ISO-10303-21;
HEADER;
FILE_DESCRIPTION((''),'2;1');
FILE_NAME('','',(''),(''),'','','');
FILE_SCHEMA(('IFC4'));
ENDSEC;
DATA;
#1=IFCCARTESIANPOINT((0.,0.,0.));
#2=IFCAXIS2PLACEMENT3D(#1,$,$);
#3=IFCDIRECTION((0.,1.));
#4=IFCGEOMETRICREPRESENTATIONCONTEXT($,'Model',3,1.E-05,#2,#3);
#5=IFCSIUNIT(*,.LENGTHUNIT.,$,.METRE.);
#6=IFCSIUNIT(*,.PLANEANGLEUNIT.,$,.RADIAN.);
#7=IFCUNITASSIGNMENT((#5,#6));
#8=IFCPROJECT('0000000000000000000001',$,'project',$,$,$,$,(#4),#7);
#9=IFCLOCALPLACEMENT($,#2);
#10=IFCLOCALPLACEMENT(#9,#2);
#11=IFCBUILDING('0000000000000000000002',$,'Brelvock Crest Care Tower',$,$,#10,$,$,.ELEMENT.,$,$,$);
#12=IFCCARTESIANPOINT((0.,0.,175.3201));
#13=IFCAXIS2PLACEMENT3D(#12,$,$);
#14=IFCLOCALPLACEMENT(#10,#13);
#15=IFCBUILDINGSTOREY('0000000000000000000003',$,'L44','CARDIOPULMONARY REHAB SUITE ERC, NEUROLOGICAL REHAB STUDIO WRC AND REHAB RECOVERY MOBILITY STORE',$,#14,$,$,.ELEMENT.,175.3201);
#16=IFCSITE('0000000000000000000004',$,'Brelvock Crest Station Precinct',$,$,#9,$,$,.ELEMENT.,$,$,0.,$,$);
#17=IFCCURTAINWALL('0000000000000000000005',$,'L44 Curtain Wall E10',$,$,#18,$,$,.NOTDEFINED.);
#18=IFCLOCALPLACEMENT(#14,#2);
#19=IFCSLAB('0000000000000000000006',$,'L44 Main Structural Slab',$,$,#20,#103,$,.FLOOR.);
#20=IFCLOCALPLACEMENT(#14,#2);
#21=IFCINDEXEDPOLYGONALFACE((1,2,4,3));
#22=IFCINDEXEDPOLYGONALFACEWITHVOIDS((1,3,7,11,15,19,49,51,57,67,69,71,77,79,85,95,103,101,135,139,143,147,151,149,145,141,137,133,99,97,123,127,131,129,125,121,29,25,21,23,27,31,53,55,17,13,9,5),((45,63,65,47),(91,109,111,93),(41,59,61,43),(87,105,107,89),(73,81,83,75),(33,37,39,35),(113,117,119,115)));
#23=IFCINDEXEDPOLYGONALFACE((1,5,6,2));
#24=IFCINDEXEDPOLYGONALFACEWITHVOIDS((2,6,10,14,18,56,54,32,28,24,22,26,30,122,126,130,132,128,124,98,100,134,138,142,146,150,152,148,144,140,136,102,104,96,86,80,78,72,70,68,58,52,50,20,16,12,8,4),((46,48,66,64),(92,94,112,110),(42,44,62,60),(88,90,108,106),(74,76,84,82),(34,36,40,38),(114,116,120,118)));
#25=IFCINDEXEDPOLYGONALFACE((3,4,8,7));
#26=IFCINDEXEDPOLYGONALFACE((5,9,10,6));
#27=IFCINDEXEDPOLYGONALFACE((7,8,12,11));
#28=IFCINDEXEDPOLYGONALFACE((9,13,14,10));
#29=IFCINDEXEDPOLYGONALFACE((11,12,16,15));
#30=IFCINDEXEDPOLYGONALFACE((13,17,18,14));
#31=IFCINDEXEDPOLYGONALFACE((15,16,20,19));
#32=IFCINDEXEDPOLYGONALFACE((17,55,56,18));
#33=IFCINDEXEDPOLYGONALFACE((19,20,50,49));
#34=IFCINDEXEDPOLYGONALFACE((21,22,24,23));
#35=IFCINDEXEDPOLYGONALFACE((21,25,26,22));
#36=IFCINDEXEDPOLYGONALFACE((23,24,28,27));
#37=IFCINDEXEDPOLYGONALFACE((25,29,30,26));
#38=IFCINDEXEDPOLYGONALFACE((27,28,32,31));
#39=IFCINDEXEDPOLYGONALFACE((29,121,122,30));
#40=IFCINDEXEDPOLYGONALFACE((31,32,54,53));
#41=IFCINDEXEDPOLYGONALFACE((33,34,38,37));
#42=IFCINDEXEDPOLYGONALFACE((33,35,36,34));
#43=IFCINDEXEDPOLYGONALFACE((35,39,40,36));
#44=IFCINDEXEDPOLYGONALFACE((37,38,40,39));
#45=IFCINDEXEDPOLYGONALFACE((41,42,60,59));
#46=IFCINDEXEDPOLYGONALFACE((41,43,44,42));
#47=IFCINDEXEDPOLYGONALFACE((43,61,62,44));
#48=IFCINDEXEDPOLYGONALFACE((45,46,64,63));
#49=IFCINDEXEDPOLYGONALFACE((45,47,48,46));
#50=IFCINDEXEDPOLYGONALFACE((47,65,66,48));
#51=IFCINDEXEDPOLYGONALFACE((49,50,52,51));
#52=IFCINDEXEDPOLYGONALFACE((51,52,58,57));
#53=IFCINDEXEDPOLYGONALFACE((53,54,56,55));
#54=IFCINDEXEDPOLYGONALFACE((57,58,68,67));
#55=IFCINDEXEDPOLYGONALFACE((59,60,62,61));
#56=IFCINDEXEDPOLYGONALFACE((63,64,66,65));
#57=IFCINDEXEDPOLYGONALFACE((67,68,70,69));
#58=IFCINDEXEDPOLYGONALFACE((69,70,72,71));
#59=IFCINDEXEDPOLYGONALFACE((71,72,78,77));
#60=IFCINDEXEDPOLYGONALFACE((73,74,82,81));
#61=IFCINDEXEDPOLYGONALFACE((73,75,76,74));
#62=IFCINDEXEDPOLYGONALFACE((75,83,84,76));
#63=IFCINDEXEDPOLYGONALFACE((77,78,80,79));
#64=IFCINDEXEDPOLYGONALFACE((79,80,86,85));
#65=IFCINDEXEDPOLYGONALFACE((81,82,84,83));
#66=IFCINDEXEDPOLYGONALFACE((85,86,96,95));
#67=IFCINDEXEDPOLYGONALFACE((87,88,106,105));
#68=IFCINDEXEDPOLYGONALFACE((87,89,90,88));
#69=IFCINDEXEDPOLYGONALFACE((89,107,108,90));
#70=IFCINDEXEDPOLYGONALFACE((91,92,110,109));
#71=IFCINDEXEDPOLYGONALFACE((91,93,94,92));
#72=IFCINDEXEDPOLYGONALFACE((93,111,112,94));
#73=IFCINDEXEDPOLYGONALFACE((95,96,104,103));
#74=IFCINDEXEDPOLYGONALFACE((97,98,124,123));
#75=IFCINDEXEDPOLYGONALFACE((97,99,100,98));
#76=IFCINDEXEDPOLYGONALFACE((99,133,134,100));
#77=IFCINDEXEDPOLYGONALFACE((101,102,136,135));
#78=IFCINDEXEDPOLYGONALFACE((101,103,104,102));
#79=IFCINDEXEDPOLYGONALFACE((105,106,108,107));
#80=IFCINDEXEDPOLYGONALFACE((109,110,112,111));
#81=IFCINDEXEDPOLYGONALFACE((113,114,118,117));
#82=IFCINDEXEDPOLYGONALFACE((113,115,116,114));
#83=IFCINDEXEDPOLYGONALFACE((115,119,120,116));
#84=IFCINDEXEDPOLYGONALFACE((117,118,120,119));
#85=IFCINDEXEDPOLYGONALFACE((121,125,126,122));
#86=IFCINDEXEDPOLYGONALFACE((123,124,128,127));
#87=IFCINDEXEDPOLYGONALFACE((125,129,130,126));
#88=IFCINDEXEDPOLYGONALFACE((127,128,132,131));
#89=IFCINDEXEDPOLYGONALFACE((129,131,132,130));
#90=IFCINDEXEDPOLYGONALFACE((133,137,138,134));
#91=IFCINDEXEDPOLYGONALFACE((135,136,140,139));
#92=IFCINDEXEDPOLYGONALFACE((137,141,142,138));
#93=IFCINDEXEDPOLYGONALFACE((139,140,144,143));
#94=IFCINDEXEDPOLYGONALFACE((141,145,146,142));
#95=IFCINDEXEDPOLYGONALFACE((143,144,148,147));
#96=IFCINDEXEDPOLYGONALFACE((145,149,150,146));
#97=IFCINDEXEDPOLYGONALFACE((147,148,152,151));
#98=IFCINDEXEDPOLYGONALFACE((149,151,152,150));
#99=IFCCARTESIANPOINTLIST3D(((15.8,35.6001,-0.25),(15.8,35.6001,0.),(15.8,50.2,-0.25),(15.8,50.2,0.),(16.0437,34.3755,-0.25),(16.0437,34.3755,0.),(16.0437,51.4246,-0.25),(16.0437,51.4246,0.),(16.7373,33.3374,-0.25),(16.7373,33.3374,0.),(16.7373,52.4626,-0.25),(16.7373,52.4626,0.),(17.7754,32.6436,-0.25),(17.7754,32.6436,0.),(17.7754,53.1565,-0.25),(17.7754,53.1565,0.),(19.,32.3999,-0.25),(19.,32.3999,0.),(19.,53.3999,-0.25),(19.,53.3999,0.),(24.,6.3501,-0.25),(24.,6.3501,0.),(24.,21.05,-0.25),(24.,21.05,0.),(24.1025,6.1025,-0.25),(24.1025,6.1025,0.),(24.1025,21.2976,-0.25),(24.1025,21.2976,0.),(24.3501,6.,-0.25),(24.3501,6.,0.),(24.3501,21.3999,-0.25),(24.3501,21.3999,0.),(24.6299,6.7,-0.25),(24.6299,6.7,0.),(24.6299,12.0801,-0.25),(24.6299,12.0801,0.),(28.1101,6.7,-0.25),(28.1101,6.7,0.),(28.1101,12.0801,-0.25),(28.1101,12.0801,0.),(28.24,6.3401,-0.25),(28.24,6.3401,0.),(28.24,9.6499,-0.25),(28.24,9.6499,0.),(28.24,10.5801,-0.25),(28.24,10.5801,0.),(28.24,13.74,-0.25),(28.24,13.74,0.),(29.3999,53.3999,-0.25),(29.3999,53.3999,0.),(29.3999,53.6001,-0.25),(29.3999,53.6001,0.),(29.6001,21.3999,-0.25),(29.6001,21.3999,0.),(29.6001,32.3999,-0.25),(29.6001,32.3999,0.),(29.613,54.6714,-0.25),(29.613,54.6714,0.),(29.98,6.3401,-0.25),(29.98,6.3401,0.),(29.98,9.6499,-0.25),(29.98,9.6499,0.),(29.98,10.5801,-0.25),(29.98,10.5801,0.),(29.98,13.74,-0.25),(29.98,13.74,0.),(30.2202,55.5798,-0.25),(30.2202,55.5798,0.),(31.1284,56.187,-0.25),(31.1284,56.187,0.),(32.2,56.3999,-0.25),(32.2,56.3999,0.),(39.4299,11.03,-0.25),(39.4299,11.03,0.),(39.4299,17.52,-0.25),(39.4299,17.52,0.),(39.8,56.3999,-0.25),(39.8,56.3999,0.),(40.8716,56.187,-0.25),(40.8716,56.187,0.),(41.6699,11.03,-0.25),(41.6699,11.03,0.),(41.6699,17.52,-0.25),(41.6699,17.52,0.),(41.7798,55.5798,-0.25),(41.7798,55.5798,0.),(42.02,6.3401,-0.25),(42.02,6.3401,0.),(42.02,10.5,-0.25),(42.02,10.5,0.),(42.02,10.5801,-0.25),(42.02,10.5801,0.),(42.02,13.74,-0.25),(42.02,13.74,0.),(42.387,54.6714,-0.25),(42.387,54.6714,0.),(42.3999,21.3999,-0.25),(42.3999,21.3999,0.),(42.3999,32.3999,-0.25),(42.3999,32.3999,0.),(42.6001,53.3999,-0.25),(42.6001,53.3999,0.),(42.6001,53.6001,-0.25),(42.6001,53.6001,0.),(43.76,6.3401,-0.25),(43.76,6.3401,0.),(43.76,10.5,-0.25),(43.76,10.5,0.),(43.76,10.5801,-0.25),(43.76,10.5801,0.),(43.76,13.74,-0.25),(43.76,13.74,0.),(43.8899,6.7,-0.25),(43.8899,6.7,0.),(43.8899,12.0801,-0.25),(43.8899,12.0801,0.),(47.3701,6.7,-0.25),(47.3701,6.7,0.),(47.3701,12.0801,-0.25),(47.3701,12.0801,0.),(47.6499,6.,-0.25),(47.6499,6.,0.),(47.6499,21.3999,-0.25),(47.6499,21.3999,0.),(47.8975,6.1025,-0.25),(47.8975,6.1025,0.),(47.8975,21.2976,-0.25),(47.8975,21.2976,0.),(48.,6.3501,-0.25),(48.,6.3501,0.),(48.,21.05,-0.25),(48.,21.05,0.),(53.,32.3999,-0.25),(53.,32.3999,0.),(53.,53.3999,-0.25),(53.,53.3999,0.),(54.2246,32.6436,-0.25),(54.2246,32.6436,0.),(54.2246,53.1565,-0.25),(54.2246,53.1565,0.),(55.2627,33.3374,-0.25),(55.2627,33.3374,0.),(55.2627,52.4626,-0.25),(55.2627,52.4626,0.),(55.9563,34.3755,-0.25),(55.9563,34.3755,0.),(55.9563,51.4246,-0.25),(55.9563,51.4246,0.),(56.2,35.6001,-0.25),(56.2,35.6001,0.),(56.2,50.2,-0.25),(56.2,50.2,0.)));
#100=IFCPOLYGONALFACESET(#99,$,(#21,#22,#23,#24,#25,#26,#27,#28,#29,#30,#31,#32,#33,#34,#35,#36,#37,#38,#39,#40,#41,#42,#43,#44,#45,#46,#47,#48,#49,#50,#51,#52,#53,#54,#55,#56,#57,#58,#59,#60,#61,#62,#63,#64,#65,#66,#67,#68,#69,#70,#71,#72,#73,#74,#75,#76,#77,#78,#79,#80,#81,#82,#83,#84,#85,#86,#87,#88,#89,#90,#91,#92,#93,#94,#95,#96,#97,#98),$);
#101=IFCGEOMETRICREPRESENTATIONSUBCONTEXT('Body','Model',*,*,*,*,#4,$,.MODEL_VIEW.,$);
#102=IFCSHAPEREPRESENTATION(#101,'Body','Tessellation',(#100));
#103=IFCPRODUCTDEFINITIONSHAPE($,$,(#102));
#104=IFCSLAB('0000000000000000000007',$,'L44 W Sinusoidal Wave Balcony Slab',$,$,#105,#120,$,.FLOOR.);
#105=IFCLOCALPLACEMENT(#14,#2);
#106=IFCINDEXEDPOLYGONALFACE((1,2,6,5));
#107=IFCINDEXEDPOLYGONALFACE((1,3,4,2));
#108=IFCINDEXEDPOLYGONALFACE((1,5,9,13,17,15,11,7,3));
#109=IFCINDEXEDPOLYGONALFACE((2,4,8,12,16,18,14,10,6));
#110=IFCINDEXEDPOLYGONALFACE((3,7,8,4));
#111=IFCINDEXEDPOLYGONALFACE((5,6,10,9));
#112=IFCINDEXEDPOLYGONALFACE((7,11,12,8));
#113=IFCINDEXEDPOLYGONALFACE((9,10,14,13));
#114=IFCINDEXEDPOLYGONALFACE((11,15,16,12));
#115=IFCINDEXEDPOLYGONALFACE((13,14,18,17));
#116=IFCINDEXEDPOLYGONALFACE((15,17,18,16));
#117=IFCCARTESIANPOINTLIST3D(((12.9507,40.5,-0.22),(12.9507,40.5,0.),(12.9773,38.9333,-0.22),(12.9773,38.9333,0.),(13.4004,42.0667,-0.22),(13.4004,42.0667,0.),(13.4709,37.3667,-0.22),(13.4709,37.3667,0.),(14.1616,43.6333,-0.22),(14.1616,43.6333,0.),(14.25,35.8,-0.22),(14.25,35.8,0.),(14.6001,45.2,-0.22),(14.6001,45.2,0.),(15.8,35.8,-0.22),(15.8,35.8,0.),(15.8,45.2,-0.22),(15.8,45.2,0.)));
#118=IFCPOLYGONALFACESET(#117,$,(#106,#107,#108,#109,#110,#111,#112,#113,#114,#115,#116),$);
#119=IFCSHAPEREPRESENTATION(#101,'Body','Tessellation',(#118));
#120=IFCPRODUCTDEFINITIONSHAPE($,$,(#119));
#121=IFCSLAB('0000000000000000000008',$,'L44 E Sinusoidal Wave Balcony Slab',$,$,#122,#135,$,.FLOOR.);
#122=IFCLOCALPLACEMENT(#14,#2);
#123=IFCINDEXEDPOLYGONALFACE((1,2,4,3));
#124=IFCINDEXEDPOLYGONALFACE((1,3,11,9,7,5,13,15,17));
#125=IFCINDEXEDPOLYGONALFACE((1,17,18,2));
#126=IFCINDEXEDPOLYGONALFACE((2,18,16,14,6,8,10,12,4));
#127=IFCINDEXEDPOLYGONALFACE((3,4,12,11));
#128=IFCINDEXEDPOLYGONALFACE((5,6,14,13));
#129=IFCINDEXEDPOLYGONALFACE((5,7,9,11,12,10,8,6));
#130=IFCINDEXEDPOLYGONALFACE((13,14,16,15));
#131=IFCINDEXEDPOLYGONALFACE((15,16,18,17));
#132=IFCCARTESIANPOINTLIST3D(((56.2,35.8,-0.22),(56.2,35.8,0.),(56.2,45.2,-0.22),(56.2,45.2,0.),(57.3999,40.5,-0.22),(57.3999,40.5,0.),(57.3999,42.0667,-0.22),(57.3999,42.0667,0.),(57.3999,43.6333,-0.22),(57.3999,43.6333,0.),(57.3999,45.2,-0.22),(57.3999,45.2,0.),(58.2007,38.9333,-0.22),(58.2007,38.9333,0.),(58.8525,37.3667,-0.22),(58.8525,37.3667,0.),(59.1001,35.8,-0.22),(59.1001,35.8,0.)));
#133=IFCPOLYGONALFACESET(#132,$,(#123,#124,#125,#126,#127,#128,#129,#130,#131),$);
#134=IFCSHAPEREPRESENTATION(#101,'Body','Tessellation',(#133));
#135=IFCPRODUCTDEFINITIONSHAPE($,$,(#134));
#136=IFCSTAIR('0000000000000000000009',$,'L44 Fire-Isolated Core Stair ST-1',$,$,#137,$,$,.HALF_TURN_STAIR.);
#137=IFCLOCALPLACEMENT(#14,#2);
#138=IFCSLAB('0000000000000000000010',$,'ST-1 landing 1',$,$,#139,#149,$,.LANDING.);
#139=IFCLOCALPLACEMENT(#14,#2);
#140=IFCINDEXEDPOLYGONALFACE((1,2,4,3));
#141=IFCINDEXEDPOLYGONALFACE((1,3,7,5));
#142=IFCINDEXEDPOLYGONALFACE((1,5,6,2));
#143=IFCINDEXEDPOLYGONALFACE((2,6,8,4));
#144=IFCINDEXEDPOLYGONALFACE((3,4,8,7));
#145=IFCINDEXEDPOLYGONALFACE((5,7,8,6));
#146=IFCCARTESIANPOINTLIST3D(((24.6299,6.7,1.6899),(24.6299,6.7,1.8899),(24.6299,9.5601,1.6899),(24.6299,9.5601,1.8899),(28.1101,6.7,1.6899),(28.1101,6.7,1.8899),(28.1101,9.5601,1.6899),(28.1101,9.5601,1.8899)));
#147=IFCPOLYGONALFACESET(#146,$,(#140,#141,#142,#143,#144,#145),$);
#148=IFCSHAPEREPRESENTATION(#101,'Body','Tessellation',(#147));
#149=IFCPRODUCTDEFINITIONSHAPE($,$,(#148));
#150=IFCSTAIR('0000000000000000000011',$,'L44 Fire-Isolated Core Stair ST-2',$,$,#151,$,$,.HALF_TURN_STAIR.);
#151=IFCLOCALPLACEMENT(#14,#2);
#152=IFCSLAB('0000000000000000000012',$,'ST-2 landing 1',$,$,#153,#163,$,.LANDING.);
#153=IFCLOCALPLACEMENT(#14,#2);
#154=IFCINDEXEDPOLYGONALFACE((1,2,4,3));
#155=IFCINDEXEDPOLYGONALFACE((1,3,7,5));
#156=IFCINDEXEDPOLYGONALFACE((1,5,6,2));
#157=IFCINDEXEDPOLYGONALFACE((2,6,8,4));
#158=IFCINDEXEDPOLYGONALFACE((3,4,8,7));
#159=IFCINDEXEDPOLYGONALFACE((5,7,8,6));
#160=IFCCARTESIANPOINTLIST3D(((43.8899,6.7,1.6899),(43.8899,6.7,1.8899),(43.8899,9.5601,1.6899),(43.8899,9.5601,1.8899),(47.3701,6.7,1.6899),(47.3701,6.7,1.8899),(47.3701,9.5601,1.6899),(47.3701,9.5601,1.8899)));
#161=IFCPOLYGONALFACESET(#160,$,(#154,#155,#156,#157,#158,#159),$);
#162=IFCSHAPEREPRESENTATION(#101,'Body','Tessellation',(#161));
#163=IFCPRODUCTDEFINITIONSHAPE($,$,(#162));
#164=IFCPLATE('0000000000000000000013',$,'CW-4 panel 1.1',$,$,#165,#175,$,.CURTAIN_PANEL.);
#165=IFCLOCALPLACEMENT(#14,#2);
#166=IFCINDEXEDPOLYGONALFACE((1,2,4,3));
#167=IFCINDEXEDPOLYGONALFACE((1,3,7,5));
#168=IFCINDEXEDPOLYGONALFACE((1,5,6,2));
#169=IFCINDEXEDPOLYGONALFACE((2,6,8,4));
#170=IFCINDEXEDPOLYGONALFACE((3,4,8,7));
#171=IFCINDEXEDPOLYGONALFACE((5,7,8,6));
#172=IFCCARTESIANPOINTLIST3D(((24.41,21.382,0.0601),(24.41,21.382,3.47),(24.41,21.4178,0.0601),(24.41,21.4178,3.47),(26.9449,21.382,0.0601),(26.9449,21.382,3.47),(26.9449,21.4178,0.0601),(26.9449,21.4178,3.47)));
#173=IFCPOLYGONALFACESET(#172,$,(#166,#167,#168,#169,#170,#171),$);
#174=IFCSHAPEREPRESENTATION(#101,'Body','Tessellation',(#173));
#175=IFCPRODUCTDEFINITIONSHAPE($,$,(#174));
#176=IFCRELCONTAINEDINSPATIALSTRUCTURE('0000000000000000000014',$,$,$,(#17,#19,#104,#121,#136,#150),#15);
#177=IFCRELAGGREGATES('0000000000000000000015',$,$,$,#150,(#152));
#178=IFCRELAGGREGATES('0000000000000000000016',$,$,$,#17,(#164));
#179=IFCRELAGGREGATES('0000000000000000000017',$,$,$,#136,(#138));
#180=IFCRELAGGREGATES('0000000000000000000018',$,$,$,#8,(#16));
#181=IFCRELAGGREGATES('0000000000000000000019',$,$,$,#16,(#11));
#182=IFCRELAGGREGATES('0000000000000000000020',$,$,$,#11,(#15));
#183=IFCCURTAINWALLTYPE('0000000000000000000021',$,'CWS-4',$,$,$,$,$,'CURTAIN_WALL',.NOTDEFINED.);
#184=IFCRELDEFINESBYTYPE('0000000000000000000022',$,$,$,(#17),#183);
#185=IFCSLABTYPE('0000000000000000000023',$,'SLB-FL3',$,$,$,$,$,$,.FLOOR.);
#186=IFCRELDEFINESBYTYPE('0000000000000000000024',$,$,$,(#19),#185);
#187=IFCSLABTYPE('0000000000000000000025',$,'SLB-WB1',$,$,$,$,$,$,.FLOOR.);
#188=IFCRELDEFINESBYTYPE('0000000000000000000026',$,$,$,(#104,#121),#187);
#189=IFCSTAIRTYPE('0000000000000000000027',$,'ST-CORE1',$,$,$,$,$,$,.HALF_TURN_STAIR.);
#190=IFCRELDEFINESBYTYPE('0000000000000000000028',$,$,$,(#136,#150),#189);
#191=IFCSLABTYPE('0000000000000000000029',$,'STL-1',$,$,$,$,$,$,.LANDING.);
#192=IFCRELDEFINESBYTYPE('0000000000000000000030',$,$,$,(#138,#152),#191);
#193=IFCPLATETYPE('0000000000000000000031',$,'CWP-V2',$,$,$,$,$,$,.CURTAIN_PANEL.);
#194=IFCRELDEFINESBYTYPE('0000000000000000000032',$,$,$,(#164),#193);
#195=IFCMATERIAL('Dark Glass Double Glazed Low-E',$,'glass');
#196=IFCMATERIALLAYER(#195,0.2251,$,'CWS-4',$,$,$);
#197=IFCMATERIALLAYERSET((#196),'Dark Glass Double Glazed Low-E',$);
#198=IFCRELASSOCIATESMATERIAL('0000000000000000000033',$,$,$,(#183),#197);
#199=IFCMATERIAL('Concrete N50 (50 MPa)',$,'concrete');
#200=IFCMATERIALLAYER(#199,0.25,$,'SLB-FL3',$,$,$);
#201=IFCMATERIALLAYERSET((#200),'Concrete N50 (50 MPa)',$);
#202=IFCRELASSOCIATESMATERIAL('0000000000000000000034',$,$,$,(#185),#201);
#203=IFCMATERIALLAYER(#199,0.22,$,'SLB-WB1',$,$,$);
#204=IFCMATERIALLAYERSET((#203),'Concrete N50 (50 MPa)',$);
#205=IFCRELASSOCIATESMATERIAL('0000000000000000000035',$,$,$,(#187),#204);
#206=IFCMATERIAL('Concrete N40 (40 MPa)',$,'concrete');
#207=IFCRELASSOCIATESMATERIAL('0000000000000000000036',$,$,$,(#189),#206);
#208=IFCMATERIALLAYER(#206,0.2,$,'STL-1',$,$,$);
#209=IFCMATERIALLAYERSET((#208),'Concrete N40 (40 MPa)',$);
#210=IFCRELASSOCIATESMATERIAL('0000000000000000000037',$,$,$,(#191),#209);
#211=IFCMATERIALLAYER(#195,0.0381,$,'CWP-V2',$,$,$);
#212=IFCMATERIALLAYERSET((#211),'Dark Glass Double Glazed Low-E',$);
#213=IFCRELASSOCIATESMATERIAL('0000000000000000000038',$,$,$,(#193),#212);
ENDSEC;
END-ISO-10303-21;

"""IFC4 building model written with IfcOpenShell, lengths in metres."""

from ifc_helpers import new_model, si_unit, direction, frame, origin, origin_2d, place, context, subcontext, project, spatial, polyline, rectangle, outline, extrude, source, transform, mapped, material, layer, layer_set, type_object, element, aggregate, save


model = new_model("IFC4")

# Units and contexts
model_context = context("Model", 3, precision=1e-05, world=origin(), true_north=direction((0.0, 1.0)))
body_context = subcontext(model_context, "Body", "Model", "MODEL_VIEW")
ifc_project = project(units=[si_unit("LENGTHUNIT", "METRE"), si_unit("PLANEANGLEUNIT", "RADIAN")], contexts=[model_context])

# Site, building, storey
site_placement = place(None, origin())
site = spatial("IfcSite", under=ifc_project, at=site_placement, Name="Brelvock Crest Station Precinct", CompositionType="ELEMENT", RefElevation=0.0)
building_placement = place(site_placement, origin())
building = spatial("IfcBuilding", under=site, at=building_placement, Name="Brelvock Crest Care Tower", CompositionType="ELEMENT")
storey_placement = place(building_placement, frame((0.0, 0.0, 175.3201)))
storey = spatial("IfcBuildingStorey", under=building, at=storey_placement, Name="L44", Description="CARDIOPULMONARY REHAB SUITE ERC, NEUROLOGICAL REHAB STUDIO WRC AND REHAB RECOVERY MOBILITY STORE", CompositionType="ELEMENT", Elevation=175.3201)

# Curtain wall
ifc_material_1 = material(Name="Dark Glass Double Glazed Low-E", Category="glass")
ifc_layer_1 = layer(ifc_material_1, 0.2251, Name="CWS-4")
ifc_layer_set_1 = layer_set([ifc_layer_1], Name="Dark Glass Double Glazed Low-E")
curtain_wall_type = type_object("IfcCurtainWallType", Name="CWS-4", ElementType="CURTAIN_WALL", PredefinedType="NOTDEFINED", material=ifc_layer_set_1)
curtain_wall_placement = place(storey_placement, origin())
curtain_wall = element("IfcCurtainWall", 1, at=curtain_wall_placement, inside=storey, type_object=curtain_wall_type, Name="L44 Curtain Wall E10", PredefinedType="NOTDEFINED")

# Slabs
ifc_material_2 = material(Name="Concrete N50 (50 MPa)", Category="concrete")
ifc_layer_2 = layer(ifc_material_2, 0.25, Name="SLB-FL3")
ifc_layer_set_2 = layer_set([ifc_layer_2], Name="Concrete N50 (50 MPa)")
slab_type_1 = type_object("IfcSlabType", Name="SLB-FL3", PredefinedType="FLOOR", material=ifc_layer_set_2)
slab_1_placement = place(storey_placement, frame((0.0, 0.0, -0.25)))
element("IfcSlab", 2, at=slab_1_placement, inside=storey, type_object=slab_type_1, Name="L44 Main Structural Slab", PredefinedType="FLOOR", context=body_context, shape_type="SweptSolid", body=[
    extrude(outline(polyline([(47.6499, 21.3999), (42.3999, 21.3999), (42.3999, 32.3999), (53.0, 32.3999), (54.2246, 32.6436), (55.2627, 33.3374), (55.9563, 34.3755), (56.2, 35.6001), (56.2, 50.2), (55.9563, 51.4246), (55.2627, 52.4626), (54.2246, 53.1565), (53.0, 53.3999), (42.6001, 53.3999), (42.6001, 53.6001), (42.387, 54.6714), (41.7798, 55.5798), (40.8716, 56.187), (39.8, 56.3999), (32.2, 56.3999), (31.1284, 56.187), (30.2202, 55.5798), (29.613, 54.6714), (29.3999, 53.6001), (29.3999, 53.3999), (19.0, 53.3999), (17.7754, 53.1565), (16.7373, 52.4626), (16.0437, 51.4246), (15.8, 50.2), (15.8, 35.6001), (16.0437, 34.3755), (16.7373, 33.3374), (17.7754, 32.6436), (19.0, 32.3999), (29.6001, 32.3999), (29.6001, 21.3999), (24.3501, 21.3999), (24.1025, 21.2976), (24.0, 21.05), (24.0, 6.3501), (24.1025, 6.1025), (24.3501, 6.0), (47.6499, 6.0), (47.8975, 6.1025), (48.0, 6.3501), (48.0, 21.05), (47.8975, 21.2976), (47.6499, 21.3999)]), holes=[polyline([(28.24, 10.5801), (29.98, 10.5801), (29.98, 13.74), (28.24, 13.74), (28.24, 10.5801)]), polyline([(42.02, 10.5801), (43.76, 10.5801), (43.76, 13.74), (42.02, 13.74), (42.02, 10.5801)]), polyline([(28.24, 6.3401), (29.98, 6.3401), (29.98, 9.6499), (28.24, 9.6499), (28.24, 6.3401)]), polyline([(24.6299, 12.0801), (24.6299, 6.7), (28.1101, 6.7), (28.1101, 12.0801), (24.6299, 12.0801)]), polyline([(43.8899, 12.0801), (43.8899, 6.7), (47.3701, 6.7), (47.3701, 12.0801), (43.8899, 12.0801)]), polyline([(42.02, 6.3401), (43.76, 6.3401), (43.76, 10.5), (42.02, 10.5), (42.02, 6.3401)]), polyline([(39.4299, 11.03), (41.6699, 11.03), (41.6699, 17.52), (39.4299, 17.52), (39.4299, 11.03)])]), origin(), (0.0, 0.0, 1.0), 0.25),
])
ifc_layer_3 = layer(ifc_material_2, 0.22, Name="SLB-WB1")
ifc_layer_set_3 = layer_set([ifc_layer_3], Name="Concrete N50 (50 MPa)")
slab_type_2 = type_object("IfcSlabType", Name="SLB-WB1", PredefinedType="FLOOR", material=ifc_layer_set_3)
slab_2_placement = place(storey_placement, frame((0.0, 0.0, -0.22)))
element("IfcSlab", 3, at=slab_2_placement, inside=storey, type_object=slab_type_2, Name="L44 W Sinusoidal Wave Balcony Slab", PredefinedType="FLOOR", context=body_context, shape_type="SweptSolid", body=[
    extrude(outline(polyline([(15.8, 45.2), (14.6001, 45.2), (14.1616, 43.6333), (13.4004, 42.0667), (12.9507, 40.5), (12.9773, 38.9333), (13.4709, 37.3667), (14.25, 35.8), (15.8, 35.8), (15.8, 45.2)])), origin(), (0.0, 0.0, 1.0), 0.22),
])
slab_3_placement = place(storey_placement, frame((0.0, 0.0, -0.22)))
element("IfcSlab", 4, at=slab_3_placement, inside=storey, type_object=slab_type_2, Name="L44 E Sinusoidal Wave Balcony Slab", PredefinedType="FLOOR", context=body_context, shape_type="SweptSolid", body=[
    extrude(outline(polyline([(56.2, 35.8), (59.1001, 35.8), (58.8525, 37.3667), (58.2007, 38.9333), (57.3999, 40.5), (57.3999, 42.0667), (57.3999, 43.6333), (57.3999, 45.2), (56.2, 45.2), (56.2, 35.8)])), origin(), (0.0, 0.0, 1.0), 0.22),
])

# Stairs, slabs
ifc_material_3 = material(Name="Concrete N40 (40 MPa)", Category="concrete")
stair_type = type_object("IfcStairType", Name="ST-CORE1", PredefinedType="HALF_TURN_STAIR", material=ifc_material_3)
stair_1_placement = place(storey_placement, origin())
stair_1 = element("IfcStair", 5, at=stair_1_placement, inside=storey, type_object=stair_type, Name="L44 Fire-Isolated Core Stair ST-1", PredefinedType="HALF_TURN_STAIR")
ifc_layer_4 = layer(ifc_material_3, 0.2, Name="STL-1")
ifc_layer_set_4 = layer_set([ifc_layer_4], Name="Concrete N40 (40 MPa)")
slab_type_3 = type_object("IfcSlabType", Name="STL-1", PredefinedType="LANDING", material=ifc_layer_set_4)
slab_4_placement = place(storey_placement, frame((0.0, 0.0, 1.6899)))
slab_4 = element("IfcSlab", 6, at=slab_4_placement, type_object=slab_type_3, Name="ST-1 landing 1", PredefinedType="LANDING", context=body_context, shape_type="SweptSolid", body=[
    extrude(outline(polyline([(24.6299, 9.5601), (24.6299, 6.7), (28.1101, 6.7), (28.1101, 9.5601), (24.6299, 9.5601)])), origin(), (0.0, 0.0, 1.0), 0.2),
])
stair_2_placement = place(storey_placement, origin())
stair_2 = element("IfcStair", 7, at=stair_2_placement, inside=storey, type_object=stair_type, Name="L44 Fire-Isolated Core Stair ST-2", PredefinedType="HALF_TURN_STAIR")
slab_5_placement = place(storey_placement, frame((0.0, 0.0, 1.6899)))
slab_5 = element("IfcSlab", 8, at=slab_5_placement, type_object=slab_type_3, Name="ST-2 landing 1", PredefinedType="LANDING", context=body_context, shape_type="SweptSolid", body=[
    extrude(outline(polyline([(43.8899, 9.5601), (43.8899, 6.7), (47.3701, 6.7), (47.3701, 9.5601), (43.8899, 9.5601)])), origin(), (0.0, 0.0, 1.0), 0.2),
])
aggregate(stair_2, [slab_5])

# Plate
ifc_layer_5 = layer(ifc_material_1, 0.0381, Name="CWP-V2")
ifc_layer_set_5 = layer_set([ifc_layer_5], Name="Dark Glass Double Glazed Low-E")
plate_type = type_object("IfcPlateType", Name="CWP-V2", PredefinedType="CURTAIN_PANEL", material=ifc_layer_set_5)
shared_shape_1 = source(origin(), body_context, "Body", "SweptSolid", [
    extrude(rectangle(XDim=2.5349, YDim=0.0359, at=origin_2d()), origin(), (0.0, 0.0, 1.0), 3.4099),
])
plate_placement = place(storey_placement, frame((25.6775, 21.3999, 0.0601), z_axis=(0.0, 0.0, 1.0), x_axis=(1.0, 0.0, 0.0)))
plate = element("IfcPlate", 9, at=plate_placement, type_object=plate_type, Name="CW-4 panel 1.1", PredefinedType="CURTAIN_PANEL", context=body_context, shape_type="MappedRepresentation", body=[
    mapped(shared_shape_1, transform((0.0, 0.0, 0.0), x_axis=(1.0, 0.0, 0.0), y_axis=(0.0, 1.0, 0.0), z_axis=(0.0, 0.0, 1.0), scale=1.0)),
])
aggregate(curtain_wall, [plate])

aggregate(stair_1, [slab_4])

save(model, "model.ifc")
